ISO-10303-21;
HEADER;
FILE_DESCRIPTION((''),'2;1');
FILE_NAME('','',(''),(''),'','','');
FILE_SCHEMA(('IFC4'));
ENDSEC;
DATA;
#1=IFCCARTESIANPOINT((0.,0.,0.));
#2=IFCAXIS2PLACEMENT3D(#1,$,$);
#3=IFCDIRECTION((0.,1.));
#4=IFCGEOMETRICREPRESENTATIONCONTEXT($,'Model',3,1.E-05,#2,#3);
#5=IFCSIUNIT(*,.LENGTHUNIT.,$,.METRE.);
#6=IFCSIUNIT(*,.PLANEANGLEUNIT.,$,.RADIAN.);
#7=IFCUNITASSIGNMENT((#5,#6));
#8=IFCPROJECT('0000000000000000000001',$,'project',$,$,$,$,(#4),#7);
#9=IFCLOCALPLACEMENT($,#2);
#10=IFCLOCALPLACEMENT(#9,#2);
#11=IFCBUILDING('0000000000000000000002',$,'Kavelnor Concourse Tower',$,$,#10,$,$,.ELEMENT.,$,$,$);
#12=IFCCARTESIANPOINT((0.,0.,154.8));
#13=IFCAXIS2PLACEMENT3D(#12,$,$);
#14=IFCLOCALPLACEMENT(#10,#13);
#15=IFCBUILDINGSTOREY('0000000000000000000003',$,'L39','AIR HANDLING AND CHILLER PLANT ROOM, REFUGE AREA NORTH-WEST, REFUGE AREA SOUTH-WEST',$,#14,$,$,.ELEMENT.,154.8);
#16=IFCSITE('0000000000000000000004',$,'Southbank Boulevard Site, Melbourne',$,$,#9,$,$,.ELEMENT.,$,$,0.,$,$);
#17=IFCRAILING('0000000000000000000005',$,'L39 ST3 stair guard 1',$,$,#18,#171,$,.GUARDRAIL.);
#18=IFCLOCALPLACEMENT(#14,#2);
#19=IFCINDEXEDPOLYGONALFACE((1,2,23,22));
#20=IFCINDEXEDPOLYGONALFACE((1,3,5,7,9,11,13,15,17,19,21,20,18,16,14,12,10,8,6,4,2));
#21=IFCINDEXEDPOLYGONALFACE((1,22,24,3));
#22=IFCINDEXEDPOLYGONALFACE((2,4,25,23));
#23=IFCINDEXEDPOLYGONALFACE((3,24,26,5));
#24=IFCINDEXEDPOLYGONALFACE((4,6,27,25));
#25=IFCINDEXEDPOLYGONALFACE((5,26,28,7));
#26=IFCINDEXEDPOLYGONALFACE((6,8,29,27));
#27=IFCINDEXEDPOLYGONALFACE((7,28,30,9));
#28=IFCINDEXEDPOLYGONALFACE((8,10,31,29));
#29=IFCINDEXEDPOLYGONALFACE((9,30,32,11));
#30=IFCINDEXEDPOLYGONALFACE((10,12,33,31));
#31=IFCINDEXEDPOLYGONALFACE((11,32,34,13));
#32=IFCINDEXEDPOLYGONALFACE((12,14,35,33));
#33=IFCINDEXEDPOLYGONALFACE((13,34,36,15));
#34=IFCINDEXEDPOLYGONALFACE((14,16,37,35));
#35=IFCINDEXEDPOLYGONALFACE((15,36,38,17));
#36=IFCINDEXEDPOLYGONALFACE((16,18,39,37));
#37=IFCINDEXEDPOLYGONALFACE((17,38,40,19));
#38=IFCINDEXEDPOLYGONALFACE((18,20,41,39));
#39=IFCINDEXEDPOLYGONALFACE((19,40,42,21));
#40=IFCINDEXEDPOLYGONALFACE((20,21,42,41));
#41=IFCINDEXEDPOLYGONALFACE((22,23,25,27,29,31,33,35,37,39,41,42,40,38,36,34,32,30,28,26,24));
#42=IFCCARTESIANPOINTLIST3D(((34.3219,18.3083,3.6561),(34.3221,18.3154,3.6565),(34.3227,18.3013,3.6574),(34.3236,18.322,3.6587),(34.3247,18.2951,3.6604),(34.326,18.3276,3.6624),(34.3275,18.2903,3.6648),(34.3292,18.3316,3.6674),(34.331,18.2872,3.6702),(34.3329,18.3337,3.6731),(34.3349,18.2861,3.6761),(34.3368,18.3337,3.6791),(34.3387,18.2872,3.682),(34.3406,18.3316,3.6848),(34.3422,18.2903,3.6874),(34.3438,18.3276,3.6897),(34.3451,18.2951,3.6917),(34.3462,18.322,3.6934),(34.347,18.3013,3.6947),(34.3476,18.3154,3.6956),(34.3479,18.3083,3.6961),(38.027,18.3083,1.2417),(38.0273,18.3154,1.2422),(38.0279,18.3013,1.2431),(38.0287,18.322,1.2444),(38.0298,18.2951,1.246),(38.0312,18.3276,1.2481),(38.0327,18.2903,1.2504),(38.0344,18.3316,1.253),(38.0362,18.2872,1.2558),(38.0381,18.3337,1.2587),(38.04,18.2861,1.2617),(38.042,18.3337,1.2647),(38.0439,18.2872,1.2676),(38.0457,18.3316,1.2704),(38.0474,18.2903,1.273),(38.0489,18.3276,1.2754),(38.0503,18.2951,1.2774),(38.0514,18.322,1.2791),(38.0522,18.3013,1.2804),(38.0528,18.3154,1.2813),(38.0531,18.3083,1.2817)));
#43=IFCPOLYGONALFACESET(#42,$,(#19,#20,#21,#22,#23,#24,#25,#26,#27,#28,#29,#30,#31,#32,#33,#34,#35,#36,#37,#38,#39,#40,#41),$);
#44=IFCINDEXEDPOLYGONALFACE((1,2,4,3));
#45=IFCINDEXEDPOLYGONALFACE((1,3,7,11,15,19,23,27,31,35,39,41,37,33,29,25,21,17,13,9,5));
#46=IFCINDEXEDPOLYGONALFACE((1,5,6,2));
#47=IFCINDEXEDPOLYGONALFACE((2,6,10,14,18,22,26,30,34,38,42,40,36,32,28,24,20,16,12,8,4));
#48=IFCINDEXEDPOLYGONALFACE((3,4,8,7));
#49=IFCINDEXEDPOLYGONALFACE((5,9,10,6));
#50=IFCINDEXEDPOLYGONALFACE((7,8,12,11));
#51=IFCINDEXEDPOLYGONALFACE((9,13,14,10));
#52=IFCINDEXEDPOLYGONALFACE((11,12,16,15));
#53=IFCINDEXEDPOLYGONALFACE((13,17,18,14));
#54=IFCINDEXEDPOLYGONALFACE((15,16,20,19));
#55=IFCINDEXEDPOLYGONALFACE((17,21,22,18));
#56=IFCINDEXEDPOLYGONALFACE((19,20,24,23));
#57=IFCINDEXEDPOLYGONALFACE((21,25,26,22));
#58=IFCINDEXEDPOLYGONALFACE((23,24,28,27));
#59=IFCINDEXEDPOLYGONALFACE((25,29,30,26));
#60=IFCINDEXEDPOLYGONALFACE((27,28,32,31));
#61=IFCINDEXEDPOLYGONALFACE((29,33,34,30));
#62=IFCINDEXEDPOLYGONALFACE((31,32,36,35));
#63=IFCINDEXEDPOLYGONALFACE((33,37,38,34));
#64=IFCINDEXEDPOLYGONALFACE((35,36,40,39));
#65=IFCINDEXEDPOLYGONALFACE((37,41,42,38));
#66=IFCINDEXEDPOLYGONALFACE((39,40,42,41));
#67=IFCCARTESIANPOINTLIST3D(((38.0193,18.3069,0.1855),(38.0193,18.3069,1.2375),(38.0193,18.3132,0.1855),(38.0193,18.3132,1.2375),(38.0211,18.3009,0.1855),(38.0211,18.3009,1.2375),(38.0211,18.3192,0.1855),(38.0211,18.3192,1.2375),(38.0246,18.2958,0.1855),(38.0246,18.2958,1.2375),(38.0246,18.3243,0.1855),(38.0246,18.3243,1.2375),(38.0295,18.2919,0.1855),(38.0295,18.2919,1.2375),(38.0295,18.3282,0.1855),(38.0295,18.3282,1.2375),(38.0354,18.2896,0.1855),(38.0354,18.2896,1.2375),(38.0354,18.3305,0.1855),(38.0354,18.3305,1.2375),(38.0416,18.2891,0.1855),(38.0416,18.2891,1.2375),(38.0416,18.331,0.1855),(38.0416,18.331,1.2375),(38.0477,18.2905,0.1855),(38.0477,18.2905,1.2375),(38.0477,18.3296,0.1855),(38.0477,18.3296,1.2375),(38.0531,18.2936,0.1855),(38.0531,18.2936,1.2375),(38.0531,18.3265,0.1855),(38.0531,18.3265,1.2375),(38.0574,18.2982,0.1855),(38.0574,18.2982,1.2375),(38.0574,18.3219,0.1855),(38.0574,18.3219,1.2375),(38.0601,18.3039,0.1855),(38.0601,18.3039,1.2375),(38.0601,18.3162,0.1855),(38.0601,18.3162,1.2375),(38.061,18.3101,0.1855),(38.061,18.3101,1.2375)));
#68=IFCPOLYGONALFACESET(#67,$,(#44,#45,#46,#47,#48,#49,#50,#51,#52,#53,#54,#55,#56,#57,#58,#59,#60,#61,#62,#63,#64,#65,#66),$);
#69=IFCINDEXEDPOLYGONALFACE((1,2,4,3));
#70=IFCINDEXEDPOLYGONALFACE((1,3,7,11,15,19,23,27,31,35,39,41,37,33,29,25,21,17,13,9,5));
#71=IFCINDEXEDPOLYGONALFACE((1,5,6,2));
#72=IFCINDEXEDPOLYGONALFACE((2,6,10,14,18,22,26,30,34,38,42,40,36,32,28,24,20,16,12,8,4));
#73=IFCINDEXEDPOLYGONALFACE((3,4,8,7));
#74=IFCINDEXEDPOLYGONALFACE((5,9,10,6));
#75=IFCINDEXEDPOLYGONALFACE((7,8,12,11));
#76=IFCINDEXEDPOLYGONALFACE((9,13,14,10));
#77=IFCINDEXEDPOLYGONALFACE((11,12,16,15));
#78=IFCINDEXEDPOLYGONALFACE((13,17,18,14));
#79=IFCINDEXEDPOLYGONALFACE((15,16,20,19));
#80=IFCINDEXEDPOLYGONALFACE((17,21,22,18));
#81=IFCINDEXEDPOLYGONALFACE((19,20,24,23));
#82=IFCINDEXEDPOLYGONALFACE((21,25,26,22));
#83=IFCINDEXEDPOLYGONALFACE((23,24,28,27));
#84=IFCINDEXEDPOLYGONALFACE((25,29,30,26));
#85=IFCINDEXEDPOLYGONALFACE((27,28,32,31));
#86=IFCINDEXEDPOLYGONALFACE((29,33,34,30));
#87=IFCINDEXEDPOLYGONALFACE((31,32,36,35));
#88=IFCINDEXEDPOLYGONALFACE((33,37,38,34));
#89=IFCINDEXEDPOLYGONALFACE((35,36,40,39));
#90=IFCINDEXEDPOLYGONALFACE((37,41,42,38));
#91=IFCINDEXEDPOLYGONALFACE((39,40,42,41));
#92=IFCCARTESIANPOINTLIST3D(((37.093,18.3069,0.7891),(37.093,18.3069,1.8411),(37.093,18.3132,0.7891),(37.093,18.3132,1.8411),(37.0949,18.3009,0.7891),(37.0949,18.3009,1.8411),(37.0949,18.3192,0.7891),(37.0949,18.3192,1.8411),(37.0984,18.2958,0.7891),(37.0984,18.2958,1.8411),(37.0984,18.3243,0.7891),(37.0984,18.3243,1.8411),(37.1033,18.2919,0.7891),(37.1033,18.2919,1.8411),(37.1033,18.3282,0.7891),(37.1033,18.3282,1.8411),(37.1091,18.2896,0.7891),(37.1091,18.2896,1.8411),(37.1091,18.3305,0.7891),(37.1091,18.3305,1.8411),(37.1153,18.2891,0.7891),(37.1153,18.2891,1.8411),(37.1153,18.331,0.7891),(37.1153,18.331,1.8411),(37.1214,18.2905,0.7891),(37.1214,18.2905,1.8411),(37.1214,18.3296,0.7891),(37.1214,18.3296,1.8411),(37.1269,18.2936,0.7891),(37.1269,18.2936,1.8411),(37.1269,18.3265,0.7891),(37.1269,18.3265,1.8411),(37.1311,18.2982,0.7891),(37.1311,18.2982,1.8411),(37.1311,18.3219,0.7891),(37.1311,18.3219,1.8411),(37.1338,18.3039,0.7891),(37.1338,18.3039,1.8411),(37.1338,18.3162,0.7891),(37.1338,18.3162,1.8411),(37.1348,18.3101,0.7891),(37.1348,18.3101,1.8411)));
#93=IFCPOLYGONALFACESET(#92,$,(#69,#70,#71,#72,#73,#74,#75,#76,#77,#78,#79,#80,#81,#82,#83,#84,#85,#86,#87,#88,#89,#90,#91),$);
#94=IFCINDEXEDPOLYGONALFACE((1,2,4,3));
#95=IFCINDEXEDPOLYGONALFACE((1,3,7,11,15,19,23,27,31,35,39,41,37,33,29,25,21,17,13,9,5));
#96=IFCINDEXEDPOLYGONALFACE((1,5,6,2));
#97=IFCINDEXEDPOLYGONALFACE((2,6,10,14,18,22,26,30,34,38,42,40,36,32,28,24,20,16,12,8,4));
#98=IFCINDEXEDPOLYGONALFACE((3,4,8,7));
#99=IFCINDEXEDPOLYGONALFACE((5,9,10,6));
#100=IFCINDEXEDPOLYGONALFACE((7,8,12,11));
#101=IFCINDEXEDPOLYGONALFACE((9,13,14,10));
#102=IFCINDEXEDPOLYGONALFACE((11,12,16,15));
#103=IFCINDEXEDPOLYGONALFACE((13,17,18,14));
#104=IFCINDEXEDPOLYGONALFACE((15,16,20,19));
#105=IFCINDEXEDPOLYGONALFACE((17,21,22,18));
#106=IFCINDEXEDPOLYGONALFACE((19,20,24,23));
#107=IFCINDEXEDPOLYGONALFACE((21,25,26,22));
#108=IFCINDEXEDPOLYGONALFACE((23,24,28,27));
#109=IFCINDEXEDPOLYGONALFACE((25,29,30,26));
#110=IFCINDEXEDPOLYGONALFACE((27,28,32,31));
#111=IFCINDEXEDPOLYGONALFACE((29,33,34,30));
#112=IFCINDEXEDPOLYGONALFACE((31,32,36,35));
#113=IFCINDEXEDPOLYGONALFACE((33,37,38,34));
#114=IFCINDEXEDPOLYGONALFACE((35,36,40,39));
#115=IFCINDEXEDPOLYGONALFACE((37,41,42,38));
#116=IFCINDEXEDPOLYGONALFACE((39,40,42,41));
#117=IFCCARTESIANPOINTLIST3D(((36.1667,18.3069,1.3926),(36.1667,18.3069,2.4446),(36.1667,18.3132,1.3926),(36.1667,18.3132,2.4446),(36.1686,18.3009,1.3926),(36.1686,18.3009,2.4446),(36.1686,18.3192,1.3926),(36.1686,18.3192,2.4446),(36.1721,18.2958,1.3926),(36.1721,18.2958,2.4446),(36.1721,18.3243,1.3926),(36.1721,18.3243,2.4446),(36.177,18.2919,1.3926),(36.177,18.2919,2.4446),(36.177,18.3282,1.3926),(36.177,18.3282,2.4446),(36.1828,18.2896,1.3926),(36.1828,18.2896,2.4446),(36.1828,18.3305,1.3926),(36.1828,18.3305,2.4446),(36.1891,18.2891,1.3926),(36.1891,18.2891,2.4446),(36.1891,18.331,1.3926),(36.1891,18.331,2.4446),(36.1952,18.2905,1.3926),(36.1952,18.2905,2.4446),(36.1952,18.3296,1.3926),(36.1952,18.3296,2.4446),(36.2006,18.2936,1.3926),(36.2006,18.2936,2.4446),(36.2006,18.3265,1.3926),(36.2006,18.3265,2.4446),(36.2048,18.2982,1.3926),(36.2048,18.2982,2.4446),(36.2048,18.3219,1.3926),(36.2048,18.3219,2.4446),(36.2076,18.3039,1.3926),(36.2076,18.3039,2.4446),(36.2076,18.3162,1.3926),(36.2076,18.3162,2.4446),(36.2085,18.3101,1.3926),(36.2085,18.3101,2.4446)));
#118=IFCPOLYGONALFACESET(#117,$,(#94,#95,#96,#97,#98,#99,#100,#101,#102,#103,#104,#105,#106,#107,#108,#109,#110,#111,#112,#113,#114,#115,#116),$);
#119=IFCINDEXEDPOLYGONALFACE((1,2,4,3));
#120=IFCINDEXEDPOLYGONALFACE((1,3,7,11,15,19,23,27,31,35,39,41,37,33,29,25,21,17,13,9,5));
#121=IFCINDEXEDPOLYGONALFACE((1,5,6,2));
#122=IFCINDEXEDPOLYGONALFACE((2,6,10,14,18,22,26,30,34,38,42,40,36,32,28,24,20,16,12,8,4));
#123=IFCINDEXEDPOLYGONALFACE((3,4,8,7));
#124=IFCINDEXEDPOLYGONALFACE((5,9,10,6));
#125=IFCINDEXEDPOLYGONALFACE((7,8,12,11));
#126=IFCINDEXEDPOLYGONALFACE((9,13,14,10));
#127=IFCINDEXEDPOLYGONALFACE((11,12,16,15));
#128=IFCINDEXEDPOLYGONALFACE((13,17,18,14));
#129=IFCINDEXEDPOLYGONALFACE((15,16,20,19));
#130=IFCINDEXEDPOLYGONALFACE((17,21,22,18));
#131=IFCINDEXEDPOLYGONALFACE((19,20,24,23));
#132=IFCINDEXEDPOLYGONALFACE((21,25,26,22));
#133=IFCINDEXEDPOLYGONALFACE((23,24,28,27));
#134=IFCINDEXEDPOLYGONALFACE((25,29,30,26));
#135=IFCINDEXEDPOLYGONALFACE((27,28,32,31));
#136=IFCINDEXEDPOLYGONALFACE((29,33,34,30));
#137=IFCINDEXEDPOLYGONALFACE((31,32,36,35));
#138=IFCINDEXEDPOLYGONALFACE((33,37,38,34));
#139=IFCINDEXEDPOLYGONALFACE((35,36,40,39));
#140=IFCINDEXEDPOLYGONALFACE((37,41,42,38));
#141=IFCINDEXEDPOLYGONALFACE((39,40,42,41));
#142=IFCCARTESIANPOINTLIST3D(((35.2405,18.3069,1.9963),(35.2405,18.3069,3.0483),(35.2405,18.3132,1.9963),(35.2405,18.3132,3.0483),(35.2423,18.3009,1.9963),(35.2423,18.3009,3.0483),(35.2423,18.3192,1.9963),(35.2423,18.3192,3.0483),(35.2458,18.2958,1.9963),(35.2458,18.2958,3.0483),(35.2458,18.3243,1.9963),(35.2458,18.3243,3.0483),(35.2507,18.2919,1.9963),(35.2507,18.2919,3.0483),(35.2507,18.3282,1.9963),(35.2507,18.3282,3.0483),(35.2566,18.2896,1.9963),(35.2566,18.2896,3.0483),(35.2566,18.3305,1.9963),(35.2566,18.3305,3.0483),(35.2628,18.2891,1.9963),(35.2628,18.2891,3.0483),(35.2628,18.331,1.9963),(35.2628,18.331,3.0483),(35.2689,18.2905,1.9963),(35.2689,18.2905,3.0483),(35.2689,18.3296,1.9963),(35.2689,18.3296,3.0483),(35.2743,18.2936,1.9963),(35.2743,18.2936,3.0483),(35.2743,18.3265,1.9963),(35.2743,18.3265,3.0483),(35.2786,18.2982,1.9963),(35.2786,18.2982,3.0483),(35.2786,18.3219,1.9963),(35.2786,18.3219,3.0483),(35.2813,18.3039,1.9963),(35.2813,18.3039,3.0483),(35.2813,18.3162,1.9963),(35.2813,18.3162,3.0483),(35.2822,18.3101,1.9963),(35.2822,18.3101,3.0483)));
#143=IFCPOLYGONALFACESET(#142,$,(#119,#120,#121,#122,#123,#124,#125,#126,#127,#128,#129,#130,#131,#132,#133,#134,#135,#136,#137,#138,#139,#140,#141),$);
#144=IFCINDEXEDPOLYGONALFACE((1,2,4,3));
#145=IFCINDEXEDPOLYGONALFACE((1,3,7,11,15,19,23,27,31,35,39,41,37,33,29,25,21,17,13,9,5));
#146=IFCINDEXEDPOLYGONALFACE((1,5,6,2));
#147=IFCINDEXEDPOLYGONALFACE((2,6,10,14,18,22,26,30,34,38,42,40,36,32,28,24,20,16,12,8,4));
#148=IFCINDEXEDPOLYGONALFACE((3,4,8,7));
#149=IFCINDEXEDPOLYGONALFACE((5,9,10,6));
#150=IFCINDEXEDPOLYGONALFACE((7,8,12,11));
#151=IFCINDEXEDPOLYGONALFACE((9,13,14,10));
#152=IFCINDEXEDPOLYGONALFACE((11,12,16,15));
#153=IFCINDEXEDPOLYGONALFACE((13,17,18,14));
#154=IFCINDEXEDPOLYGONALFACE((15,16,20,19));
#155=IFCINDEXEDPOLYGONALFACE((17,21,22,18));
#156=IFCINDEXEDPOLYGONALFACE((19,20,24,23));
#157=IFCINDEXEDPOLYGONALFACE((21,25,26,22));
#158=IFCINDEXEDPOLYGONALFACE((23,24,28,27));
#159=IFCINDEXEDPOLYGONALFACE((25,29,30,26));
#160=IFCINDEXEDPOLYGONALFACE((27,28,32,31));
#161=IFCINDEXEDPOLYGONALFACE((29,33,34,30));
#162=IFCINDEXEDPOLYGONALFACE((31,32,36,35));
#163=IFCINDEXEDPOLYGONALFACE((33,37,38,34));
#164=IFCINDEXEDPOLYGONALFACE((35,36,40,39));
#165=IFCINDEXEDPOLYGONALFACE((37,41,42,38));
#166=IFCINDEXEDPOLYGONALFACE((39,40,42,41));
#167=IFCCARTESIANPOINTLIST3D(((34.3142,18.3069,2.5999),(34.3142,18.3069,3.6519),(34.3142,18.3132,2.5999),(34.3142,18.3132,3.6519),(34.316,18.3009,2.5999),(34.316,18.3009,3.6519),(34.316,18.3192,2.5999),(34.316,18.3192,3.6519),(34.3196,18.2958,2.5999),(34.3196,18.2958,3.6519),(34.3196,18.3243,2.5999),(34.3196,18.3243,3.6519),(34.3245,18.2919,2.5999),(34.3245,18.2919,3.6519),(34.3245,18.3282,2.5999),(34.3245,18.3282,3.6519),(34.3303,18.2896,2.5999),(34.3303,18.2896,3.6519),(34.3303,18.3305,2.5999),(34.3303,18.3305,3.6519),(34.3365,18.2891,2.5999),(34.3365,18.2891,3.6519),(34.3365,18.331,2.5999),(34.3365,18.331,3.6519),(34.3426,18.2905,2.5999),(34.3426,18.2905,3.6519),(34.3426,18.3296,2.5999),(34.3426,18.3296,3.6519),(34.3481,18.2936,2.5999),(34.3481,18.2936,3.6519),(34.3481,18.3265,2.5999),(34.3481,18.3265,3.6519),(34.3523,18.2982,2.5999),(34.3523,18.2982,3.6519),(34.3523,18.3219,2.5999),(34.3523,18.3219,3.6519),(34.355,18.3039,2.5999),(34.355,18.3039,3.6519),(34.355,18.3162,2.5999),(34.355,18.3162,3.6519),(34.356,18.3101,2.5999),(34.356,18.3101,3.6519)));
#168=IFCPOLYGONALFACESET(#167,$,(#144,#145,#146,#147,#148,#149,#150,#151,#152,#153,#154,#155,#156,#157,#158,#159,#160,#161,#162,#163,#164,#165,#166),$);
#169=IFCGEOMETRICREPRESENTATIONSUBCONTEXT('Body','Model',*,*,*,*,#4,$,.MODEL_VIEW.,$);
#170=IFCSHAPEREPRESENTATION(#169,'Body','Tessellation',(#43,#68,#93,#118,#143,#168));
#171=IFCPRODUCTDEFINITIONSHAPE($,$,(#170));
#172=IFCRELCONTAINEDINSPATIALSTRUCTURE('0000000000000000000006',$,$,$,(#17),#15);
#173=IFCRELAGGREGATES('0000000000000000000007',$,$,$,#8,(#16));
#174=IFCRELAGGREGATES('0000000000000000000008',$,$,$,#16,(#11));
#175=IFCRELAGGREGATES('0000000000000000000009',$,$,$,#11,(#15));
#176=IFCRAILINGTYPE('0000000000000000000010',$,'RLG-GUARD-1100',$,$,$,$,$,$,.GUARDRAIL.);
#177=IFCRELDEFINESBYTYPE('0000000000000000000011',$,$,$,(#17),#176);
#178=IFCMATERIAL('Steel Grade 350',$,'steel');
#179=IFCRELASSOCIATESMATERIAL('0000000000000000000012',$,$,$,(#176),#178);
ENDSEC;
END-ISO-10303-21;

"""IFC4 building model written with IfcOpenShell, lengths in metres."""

from ifc_helpers import new_model, si_unit, direction, frame, origin, origin_2d, place, context, subcontext, project, spatial, circle, extrude, material, type_object, element, save


model = new_model("IFC4")

# Units and contexts
model_context = context("Model", 3, precision=1e-05, world=origin(), true_north=direction((0.0, 1.0)))
body_context = subcontext(model_context, "Body", "Model", "MODEL_VIEW")
ifc_project = project(units=[si_unit("LENGTHUNIT", "METRE"), si_unit("PLANEANGLEUNIT", "RADIAN")], contexts=[model_context])

# Site, building, storey
site_placement = place(None, origin())
site = spatial("IfcSite", under=ifc_project, at=site_placement, Name="Southbank Boulevard Site, Melbourne", CompositionType="ELEMENT", RefElevation=0.0)
building_placement = place(site_placement, origin())
building = spatial("IfcBuilding", under=site, at=building_placement, Name="Kavelnor Concourse Tower", CompositionType="ELEMENT")
storey_placement = place(building_placement, frame((0.0, 0.0, 154.8)))
storey = spatial("IfcBuildingStorey", under=building, at=storey_placement, Name="L39", Description="AIR HANDLING AND CHILLER PLANT ROOM, REFUGE AREA NORTH-WEST, REFUGE AREA SOUTH-WEST", CompositionType="ELEMENT", Elevation=154.8)

# Shared definitions
ifc_material_1 = material(Name="Steel Grade 350", Category="steel")

# Railing
railing_type_1 = type_object("IfcRailingType", Name="RLG-GUARD-1100", PredefinedType="GUARDRAIL", material=ifc_material_1)
railing_1_placement = place(storey_placement, frame((38.04, 18.3101, 0.1855)))
element("IfcRailing", 1, at=railing_1_placement, inside=storey, type_object=railing_type_1, Name="L39 ST3 stair guard 1", PredefinedType="GUARDRAIL", context=body_context, shape_type="SweptSolid", body=[
    extrude(circle(Radius=0.0239, at=origin_2d()), frame((0.0, 0.0, 1.0762), z_axis=(-0.837823, 0.0, 0.545943), x_axis=(0.0, -1.0, 0.0)), (0.0, 0.0, 1.0), 4.4224),
    extrude(circle(Radius=0.021, at=origin_2d()), origin(), (0.0, 0.0, 1.0), 1.052),
    extrude(circle(Radius=0.021, at=origin_2d()), frame((-0.9263, 0.0, 0.6035)), (0.0, 0.0, 1.0), 1.052),
    extrude(circle(Radius=0.021, at=origin_2d()), frame((-1.8525, 0.0, 1.207)), (0.0, 0.0, 1.0), 1.052),
    extrude(circle(Radius=0.021, at=origin_2d()), frame((-2.7788, 0.0, 1.8108)), (0.0, 0.0, 1.0), 1.052),
    extrude(circle(Radius=0.021, at=origin_2d()), frame((-3.7051, 0.0, 2.4143)), (0.0, 0.0, 1.0), 1.052),
])

save(model, "model.ifc")
